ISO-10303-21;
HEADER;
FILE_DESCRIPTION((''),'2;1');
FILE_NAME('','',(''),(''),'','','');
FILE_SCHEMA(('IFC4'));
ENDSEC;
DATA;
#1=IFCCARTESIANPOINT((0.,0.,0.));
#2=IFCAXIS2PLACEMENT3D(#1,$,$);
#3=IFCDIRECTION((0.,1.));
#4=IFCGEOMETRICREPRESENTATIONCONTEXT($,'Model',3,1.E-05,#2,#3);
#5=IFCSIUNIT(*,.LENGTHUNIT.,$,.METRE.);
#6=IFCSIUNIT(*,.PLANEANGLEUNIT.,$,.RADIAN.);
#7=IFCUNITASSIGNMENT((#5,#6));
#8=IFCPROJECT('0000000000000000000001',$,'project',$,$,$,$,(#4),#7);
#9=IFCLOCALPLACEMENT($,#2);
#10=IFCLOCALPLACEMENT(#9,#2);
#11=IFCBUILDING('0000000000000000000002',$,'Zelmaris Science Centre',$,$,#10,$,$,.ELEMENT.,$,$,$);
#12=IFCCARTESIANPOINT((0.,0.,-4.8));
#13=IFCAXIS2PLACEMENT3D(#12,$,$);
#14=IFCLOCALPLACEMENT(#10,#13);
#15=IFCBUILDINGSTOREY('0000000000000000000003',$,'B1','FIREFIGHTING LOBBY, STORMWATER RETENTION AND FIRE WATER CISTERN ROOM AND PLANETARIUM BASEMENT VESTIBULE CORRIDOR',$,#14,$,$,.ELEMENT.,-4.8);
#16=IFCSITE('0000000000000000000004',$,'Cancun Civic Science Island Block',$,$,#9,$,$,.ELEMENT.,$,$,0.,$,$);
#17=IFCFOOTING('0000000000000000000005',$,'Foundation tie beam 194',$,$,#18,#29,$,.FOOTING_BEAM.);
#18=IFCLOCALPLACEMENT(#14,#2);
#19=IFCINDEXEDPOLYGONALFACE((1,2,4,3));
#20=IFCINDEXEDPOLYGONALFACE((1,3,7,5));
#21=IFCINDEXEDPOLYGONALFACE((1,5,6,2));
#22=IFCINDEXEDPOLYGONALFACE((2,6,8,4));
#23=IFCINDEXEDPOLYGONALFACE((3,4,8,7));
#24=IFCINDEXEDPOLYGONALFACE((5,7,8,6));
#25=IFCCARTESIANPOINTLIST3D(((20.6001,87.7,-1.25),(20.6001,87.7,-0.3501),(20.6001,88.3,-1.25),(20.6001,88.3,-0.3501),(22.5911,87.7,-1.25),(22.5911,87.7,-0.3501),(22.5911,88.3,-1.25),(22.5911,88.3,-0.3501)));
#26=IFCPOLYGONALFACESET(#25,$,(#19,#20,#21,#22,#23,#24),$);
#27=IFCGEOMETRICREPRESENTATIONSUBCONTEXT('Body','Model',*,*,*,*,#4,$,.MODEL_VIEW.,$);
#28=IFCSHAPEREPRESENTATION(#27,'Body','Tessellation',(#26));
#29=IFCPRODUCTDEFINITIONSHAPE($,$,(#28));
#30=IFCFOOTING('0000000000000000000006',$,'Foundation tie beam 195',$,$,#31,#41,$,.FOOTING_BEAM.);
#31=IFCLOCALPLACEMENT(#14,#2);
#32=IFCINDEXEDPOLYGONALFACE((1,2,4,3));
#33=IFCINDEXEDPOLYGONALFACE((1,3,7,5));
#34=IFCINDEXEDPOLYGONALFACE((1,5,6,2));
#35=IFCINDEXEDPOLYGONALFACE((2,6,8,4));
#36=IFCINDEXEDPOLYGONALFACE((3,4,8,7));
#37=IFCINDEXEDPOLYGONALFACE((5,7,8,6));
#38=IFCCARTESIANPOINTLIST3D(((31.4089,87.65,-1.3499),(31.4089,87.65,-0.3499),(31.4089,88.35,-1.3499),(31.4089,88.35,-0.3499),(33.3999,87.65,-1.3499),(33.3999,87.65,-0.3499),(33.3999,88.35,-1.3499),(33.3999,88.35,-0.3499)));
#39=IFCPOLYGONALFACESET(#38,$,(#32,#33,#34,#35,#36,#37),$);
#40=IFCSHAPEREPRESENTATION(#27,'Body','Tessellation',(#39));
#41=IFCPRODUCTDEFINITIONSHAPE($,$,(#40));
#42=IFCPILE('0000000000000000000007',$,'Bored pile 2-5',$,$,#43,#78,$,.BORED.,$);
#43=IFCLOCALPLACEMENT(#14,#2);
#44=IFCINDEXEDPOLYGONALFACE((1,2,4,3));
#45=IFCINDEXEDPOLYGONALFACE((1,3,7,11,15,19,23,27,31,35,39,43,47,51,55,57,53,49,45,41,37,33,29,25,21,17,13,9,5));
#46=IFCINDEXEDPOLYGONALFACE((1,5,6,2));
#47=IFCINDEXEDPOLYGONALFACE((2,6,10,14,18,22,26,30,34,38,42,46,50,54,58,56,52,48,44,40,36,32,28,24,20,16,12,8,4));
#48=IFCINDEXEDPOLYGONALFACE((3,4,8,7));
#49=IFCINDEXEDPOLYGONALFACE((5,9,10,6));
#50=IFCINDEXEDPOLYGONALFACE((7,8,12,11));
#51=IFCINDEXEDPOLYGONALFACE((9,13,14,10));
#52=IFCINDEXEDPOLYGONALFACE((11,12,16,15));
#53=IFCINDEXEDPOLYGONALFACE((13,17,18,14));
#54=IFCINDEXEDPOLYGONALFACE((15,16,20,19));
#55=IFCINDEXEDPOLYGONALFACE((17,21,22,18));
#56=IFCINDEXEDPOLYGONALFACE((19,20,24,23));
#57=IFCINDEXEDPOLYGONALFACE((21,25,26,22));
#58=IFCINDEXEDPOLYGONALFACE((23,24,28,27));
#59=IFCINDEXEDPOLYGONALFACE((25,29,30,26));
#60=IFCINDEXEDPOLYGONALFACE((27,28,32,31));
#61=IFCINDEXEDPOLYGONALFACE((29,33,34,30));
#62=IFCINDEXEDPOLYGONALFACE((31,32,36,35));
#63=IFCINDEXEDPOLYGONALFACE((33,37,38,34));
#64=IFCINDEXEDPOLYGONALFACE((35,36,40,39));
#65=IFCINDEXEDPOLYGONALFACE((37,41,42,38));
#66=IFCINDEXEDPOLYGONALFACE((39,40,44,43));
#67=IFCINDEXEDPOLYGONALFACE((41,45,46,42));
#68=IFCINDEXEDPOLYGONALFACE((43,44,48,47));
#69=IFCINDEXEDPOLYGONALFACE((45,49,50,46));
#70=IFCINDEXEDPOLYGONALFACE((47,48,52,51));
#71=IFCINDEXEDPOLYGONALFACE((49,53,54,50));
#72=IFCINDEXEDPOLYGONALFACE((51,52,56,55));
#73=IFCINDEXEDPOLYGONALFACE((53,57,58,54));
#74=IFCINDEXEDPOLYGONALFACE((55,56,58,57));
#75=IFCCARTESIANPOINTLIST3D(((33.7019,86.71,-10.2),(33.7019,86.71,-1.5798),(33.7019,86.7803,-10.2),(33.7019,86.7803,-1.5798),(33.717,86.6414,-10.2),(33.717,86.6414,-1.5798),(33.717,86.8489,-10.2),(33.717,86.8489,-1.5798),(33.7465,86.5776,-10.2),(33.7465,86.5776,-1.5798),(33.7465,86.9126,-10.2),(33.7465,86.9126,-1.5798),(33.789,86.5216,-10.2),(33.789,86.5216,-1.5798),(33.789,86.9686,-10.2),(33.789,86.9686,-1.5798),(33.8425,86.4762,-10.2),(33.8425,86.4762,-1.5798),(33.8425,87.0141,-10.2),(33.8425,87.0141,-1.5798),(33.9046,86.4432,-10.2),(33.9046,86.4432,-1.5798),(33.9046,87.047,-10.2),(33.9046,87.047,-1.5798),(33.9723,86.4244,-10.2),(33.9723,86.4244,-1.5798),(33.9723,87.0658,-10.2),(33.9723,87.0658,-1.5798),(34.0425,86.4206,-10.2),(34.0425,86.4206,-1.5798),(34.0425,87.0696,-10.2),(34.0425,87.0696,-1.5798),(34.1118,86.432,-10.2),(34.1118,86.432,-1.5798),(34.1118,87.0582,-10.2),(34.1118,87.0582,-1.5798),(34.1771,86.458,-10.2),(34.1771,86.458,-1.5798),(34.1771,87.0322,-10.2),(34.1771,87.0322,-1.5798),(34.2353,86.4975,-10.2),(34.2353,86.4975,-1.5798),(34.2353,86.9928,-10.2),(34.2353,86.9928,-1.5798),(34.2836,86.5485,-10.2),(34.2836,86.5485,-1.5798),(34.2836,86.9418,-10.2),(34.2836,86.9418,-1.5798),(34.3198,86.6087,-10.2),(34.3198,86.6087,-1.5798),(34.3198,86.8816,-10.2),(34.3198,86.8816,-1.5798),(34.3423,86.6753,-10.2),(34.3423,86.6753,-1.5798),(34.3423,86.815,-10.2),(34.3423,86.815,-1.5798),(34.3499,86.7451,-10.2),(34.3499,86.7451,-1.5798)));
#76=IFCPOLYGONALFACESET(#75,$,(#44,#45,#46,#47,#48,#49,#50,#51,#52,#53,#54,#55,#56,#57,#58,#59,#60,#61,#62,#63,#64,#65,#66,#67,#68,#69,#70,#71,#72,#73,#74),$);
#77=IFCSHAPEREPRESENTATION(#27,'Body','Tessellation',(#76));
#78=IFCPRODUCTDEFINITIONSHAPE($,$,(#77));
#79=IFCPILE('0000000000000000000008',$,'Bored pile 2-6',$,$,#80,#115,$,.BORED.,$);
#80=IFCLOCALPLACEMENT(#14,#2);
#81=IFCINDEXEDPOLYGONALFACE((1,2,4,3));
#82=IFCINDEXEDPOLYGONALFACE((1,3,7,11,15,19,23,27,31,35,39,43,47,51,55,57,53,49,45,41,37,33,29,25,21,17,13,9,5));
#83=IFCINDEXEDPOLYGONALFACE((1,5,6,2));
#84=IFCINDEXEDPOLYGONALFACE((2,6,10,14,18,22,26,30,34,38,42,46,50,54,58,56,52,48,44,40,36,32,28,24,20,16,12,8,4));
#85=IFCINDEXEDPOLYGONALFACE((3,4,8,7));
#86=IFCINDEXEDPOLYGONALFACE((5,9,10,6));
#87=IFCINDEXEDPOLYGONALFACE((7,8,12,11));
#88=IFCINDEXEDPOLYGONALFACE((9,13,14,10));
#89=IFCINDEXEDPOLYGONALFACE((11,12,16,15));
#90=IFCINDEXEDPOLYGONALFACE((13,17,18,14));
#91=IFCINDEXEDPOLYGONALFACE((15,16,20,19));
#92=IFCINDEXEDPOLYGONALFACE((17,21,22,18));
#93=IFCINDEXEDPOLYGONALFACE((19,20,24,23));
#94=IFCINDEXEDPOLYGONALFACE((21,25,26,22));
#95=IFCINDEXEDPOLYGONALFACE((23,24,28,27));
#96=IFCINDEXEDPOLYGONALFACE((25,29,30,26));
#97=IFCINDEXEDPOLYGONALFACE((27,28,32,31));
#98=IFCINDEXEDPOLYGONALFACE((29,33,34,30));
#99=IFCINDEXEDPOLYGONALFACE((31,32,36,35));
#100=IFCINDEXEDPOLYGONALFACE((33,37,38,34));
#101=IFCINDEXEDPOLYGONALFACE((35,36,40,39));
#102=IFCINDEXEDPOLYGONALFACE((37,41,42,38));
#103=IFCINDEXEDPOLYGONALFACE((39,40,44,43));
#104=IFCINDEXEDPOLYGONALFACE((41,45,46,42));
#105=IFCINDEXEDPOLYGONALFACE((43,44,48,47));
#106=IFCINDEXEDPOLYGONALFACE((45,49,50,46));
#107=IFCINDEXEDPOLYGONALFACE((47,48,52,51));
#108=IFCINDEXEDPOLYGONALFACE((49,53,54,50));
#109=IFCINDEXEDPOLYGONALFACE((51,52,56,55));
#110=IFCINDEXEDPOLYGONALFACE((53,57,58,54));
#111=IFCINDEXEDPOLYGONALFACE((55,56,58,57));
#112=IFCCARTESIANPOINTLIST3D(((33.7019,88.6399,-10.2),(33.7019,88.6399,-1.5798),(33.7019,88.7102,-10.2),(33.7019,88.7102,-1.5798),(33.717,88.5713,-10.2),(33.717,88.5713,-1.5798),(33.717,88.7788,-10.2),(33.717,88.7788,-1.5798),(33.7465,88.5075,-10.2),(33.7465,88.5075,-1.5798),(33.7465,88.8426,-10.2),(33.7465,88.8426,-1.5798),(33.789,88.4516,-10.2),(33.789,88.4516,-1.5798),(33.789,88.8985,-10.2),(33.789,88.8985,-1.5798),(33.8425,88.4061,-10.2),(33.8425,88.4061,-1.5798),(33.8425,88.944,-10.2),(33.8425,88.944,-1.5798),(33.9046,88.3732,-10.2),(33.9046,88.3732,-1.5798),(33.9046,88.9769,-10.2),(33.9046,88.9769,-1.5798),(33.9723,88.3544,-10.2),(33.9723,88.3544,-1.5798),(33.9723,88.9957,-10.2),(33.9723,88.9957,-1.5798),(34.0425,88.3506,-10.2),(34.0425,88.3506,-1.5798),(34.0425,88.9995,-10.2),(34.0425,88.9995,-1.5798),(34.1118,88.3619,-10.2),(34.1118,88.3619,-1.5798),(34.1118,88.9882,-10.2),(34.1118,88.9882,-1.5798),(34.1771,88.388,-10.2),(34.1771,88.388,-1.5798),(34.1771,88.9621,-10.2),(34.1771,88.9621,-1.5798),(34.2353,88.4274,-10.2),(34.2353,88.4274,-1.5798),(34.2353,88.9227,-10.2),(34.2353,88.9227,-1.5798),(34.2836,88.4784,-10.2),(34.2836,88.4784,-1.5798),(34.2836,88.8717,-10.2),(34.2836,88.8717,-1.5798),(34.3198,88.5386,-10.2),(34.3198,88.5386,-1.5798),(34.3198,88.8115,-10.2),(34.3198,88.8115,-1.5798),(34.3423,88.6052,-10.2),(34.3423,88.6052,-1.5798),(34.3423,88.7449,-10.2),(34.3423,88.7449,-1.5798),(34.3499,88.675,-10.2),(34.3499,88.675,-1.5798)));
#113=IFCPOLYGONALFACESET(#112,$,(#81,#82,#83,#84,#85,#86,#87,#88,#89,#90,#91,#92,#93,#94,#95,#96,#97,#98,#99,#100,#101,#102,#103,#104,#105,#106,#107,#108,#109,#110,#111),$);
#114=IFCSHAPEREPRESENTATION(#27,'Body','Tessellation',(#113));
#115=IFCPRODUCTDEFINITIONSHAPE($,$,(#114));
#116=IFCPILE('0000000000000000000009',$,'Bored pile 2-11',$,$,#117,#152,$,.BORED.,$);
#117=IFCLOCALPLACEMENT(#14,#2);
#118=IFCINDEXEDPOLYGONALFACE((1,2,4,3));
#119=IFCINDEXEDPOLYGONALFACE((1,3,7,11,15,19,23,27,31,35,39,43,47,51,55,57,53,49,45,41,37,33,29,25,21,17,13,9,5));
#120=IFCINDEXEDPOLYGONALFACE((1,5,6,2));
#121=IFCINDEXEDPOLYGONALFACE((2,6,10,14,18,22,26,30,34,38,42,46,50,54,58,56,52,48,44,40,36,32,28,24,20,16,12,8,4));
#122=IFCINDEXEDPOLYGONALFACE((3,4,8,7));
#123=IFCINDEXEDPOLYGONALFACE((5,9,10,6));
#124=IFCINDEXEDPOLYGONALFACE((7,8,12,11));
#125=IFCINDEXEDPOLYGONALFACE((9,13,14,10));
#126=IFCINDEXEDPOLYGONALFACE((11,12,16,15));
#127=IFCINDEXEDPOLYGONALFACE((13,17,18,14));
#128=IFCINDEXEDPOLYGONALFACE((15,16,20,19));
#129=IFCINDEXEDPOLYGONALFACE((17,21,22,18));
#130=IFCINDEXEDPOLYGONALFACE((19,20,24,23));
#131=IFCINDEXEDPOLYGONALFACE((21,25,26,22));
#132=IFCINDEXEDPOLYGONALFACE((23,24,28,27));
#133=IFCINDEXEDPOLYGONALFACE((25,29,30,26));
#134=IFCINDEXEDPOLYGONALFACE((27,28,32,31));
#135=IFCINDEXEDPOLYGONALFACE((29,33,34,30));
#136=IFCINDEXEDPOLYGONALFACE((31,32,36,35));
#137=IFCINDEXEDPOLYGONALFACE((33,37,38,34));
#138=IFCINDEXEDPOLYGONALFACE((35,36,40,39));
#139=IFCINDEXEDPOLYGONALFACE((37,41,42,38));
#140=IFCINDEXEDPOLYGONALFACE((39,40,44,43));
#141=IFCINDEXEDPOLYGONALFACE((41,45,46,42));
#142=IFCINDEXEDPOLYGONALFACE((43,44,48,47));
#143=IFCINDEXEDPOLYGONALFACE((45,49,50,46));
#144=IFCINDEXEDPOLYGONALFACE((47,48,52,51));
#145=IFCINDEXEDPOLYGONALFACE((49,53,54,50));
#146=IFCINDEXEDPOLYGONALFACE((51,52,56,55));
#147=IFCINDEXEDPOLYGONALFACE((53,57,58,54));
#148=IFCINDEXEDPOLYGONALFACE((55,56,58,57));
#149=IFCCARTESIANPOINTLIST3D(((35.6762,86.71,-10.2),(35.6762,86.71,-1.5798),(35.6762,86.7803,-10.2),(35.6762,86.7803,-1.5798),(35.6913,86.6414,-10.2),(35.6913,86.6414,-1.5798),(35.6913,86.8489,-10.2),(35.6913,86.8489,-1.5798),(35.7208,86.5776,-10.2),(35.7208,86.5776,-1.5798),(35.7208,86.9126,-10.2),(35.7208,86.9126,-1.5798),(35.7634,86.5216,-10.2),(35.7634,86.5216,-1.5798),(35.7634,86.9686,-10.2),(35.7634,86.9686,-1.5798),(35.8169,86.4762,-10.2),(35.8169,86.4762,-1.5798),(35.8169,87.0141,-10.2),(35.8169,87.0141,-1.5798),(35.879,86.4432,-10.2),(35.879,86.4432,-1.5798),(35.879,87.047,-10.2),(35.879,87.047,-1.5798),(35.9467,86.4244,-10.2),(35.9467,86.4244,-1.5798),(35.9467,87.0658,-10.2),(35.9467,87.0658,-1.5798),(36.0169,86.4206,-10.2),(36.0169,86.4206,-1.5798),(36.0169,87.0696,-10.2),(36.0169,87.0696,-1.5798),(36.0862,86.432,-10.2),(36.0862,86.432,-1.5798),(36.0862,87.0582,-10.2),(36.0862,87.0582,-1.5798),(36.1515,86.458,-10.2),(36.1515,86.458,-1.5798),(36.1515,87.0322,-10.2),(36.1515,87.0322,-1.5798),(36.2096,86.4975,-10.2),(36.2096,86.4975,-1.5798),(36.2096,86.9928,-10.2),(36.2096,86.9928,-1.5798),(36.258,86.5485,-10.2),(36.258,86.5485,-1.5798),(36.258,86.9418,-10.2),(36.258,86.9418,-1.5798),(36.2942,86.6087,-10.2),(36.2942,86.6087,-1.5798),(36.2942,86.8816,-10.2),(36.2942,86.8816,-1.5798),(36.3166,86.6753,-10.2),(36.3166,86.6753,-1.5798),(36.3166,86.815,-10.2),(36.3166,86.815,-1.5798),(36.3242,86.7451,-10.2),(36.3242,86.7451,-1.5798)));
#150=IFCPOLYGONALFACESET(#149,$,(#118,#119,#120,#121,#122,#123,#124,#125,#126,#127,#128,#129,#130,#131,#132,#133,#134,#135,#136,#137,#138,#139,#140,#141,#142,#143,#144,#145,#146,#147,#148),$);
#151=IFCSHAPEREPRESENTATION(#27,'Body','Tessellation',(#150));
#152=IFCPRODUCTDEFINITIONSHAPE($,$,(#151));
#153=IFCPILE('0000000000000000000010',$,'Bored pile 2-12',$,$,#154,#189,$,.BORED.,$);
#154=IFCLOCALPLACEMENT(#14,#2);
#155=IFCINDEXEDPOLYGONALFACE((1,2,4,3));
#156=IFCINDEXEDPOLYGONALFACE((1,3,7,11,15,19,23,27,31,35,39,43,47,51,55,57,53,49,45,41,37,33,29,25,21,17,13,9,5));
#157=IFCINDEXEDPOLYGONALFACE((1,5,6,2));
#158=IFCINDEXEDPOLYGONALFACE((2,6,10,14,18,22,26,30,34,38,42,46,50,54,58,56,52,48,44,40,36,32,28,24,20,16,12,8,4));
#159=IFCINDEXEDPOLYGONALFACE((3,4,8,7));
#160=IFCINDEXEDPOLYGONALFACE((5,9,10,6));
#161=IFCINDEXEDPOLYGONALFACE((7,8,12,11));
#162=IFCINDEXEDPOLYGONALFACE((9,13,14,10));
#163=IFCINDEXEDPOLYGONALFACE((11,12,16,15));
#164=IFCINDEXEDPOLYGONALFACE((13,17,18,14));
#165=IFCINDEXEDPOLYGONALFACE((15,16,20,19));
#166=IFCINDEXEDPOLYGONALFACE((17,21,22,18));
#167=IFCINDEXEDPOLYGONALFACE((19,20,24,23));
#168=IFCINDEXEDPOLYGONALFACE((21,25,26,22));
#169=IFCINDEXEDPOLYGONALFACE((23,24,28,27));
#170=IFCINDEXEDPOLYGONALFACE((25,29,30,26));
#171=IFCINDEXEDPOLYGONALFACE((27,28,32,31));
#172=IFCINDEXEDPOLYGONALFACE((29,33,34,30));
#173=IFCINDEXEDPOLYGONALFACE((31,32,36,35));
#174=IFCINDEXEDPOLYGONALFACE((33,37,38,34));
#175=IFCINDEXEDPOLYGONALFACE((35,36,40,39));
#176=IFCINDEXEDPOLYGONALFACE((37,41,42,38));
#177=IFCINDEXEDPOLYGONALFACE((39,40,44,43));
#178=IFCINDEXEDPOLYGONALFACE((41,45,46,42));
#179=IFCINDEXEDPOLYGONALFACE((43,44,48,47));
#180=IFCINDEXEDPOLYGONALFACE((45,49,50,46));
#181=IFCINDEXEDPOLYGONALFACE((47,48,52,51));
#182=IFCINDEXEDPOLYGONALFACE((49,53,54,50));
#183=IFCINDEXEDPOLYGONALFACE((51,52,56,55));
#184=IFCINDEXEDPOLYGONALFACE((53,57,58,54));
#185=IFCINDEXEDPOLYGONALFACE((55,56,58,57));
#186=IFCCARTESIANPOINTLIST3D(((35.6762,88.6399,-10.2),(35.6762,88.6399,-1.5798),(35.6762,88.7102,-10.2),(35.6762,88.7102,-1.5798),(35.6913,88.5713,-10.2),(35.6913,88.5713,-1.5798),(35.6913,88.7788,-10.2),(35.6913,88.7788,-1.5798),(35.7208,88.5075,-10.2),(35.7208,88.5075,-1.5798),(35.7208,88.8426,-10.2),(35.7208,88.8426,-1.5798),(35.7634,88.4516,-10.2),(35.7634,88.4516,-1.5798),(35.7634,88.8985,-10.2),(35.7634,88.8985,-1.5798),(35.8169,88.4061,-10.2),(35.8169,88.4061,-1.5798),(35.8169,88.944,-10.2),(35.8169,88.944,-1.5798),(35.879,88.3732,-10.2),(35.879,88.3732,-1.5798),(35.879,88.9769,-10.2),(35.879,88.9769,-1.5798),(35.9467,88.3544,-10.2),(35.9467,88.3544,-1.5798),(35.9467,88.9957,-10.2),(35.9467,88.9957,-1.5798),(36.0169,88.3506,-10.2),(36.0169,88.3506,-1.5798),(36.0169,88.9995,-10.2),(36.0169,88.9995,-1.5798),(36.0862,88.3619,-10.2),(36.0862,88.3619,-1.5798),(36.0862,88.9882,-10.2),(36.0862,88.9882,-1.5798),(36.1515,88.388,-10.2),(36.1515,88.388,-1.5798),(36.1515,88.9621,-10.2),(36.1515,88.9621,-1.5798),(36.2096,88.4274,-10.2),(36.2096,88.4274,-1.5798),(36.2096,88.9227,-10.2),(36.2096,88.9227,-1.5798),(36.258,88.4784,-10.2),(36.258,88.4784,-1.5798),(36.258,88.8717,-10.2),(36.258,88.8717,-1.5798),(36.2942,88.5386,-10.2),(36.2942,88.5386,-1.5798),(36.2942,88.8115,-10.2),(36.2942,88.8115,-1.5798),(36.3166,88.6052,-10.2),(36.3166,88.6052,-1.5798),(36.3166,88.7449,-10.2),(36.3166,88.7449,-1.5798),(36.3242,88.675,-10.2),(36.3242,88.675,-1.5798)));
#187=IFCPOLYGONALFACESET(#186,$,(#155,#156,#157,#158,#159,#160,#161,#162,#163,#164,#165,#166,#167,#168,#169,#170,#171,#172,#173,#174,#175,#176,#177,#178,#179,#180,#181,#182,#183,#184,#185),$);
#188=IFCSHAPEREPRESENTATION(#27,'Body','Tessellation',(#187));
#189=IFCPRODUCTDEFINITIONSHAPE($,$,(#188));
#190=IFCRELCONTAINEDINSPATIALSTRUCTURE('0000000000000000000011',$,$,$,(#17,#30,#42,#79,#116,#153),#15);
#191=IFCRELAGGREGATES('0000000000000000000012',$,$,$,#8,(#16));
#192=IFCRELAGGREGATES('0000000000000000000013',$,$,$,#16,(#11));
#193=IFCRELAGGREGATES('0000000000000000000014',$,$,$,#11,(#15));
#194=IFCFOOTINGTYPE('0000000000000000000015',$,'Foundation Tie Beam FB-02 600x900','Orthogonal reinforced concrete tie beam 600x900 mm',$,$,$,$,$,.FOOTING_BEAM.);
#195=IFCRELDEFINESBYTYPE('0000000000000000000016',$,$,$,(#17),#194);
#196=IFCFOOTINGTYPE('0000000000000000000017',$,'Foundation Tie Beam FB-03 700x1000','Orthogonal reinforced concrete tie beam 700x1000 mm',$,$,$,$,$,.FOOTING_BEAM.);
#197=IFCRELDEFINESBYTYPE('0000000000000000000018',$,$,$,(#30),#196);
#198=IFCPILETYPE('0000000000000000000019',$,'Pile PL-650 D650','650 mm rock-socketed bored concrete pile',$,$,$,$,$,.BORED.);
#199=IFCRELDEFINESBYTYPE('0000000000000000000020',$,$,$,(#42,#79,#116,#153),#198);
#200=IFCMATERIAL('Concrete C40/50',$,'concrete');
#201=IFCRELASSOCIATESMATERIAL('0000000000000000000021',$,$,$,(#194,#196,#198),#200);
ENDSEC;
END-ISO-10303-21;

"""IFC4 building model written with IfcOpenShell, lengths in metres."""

from ifc_helpers import new_model, si_unit, direction, frame, origin, origin_2d, place, context, subcontext, project, spatial, rectangle, circle, extrude, material, material_profile, profile_set, type_object, element, save


model = new_model("IFC4")

# Units and contexts
model_context = context("Model", 3, precision=1e-05, world=origin(), true_north=direction((0.0, 1.0)))
body_context = subcontext(model_context, "Body", "Model", "MODEL_VIEW")
ifc_project = project(units=[si_unit("LENGTHUNIT", "METRE"), si_unit("PLANEANGLEUNIT", "RADIAN")], contexts=[model_context])

# Site, building, storey
site_placement = place(None, origin())
site = spatial("IfcSite", under=ifc_project, at=site_placement, Name="Cancun Civic Science Island Block", CompositionType="ELEMENT", RefElevation=0.0)
building_placement = place(site_placement, origin())
building = spatial("IfcBuilding", under=site, at=building_placement, Name="Zelmaris Science Centre", CompositionType="ELEMENT")
storey_placement = place(building_placement, frame((0.0, 0.0, -4.8)))
storey = spatial("IfcBuildingStorey", under=building, at=storey_placement, Name="B1", Description="FIREFIGHTING LOBBY, STORMWATER RETENTION AND FIRE WATER CISTERN ROOM AND PLANETARIUM BASEMENT VESTIBULE CORRIDOR", CompositionType="ELEMENT", Elevation=-4.8)

# Footings
ifc_material_1 = material(Name="Concrete C40/50", Category="concrete")
ifc_material_profile_1 = material_profile(ifc_material_1, rectangle(XDim=0.6001, YDim=0.8999, at=origin_2d()), Name="FB-600X900")
ifc_profile_set_1 = profile_set([ifc_material_profile_1], Name="Concrete C40/50")
footing_type_1 = type_object("IfcFootingType", Name="Foundation Tie Beam FB-02 600x900", Description="Orthogonal reinforced concrete tie beam 600x900 mm", PredefinedType="FOOTING_BEAM", material=ifc_profile_set_1)
footing_1_placement = place(storey_placement, frame((20.6001, 88.0, -0.8), z_axis=(1.0, 0.0, 0.0), x_axis=(0.0, 1.0, 0.0)))
element("IfcFooting", 1, at=footing_1_placement, inside=storey, type_object=footing_type_1, Name="Foundation tie beam 194", PredefinedType="FOOTING_BEAM", context=body_context, shape_type="SweptSolid", body=[
    extrude(rectangle(XDim=0.6001, YDim=0.8999, at=origin_2d()), origin(), (0.0, 0.0, 1.0), 1.991),
])
ifc_material_profile_2 = material_profile(ifc_material_1, rectangle(XDim=0.7, YDim=1.0, at=origin_2d()), Name="FB-700X1000")
ifc_profile_set_2 = profile_set([ifc_material_profile_2], Name="Concrete C40/50")
footing_type_2 = type_object("IfcFootingType", Name="Foundation Tie Beam FB-03 700x1000", Description="Orthogonal reinforced concrete tie beam 700x1000 mm", PredefinedType="FOOTING_BEAM", material=ifc_profile_set_2)
footing_2_placement = place(storey_placement, frame((31.4089, 88.0, -0.8499), z_axis=(1.0, 0.0, 0.0), x_axis=(0.0, 1.0, 0.0)))
element("IfcFooting", 2, at=footing_2_placement, inside=storey, type_object=footing_type_2, Name="Foundation tie beam 195", PredefinedType="FOOTING_BEAM", context=body_context, shape_type="SweptSolid", body=[
    extrude(rectangle(XDim=0.7, YDim=1.0, at=origin_2d()), origin(), (0.0, 0.0, 1.0), 1.991),
])

# Piles
ifc_material_profile_3 = material_profile(ifc_material_1, circle(Radius=0.325, at=origin_2d()), Name="PILE-650")
ifc_profile_set_3 = profile_set([ifc_material_profile_3], Name="Concrete C40/50")
pile_type_1 = type_object("IfcPileType", Name="Pile PL-650 D650", Description="650 mm rock-socketed bored concrete pile", PredefinedType="BORED", material=ifc_profile_set_3)
for number, where, z_axis, x_axis, name in (
    (3, (34.0249, 86.7451, -1.5798), (0.0, 0.0, -1.0), (1.0, 0.0, 0.0), "Bored pile 2-5"),
    (4, (34.0249, 88.675, -1.5798), (0.0, 0.0, -1.0), (1.0, 0.0, 0.0), "Bored pile 2-6"),
    (5, (35.9993, 86.7451, -1.5798), (0.0, 0.0, -1.0), (1.0, 0.0, 0.0), "Bored pile 2-11"),
    (6, (35.9993, 88.675, -1.5798), (0.0, 0.0, -1.0), (1.0, 0.0, 0.0), "Bored pile 2-12"),
):
    element("IfcPile", number, at=place(storey_placement, frame(where, z_axis=z_axis, x_axis=x_axis)), inside=storey, type_object=pile_type_1, Name=name, PredefinedType="BORED", context=body_context, shape_type="SweptSolid", body=[
        extrude(circle(Radius=0.325, at=origin_2d()), origin(), (0.0, 0.0, 1.0), 8.6201),
    ])

save(model, "model.ifc")
